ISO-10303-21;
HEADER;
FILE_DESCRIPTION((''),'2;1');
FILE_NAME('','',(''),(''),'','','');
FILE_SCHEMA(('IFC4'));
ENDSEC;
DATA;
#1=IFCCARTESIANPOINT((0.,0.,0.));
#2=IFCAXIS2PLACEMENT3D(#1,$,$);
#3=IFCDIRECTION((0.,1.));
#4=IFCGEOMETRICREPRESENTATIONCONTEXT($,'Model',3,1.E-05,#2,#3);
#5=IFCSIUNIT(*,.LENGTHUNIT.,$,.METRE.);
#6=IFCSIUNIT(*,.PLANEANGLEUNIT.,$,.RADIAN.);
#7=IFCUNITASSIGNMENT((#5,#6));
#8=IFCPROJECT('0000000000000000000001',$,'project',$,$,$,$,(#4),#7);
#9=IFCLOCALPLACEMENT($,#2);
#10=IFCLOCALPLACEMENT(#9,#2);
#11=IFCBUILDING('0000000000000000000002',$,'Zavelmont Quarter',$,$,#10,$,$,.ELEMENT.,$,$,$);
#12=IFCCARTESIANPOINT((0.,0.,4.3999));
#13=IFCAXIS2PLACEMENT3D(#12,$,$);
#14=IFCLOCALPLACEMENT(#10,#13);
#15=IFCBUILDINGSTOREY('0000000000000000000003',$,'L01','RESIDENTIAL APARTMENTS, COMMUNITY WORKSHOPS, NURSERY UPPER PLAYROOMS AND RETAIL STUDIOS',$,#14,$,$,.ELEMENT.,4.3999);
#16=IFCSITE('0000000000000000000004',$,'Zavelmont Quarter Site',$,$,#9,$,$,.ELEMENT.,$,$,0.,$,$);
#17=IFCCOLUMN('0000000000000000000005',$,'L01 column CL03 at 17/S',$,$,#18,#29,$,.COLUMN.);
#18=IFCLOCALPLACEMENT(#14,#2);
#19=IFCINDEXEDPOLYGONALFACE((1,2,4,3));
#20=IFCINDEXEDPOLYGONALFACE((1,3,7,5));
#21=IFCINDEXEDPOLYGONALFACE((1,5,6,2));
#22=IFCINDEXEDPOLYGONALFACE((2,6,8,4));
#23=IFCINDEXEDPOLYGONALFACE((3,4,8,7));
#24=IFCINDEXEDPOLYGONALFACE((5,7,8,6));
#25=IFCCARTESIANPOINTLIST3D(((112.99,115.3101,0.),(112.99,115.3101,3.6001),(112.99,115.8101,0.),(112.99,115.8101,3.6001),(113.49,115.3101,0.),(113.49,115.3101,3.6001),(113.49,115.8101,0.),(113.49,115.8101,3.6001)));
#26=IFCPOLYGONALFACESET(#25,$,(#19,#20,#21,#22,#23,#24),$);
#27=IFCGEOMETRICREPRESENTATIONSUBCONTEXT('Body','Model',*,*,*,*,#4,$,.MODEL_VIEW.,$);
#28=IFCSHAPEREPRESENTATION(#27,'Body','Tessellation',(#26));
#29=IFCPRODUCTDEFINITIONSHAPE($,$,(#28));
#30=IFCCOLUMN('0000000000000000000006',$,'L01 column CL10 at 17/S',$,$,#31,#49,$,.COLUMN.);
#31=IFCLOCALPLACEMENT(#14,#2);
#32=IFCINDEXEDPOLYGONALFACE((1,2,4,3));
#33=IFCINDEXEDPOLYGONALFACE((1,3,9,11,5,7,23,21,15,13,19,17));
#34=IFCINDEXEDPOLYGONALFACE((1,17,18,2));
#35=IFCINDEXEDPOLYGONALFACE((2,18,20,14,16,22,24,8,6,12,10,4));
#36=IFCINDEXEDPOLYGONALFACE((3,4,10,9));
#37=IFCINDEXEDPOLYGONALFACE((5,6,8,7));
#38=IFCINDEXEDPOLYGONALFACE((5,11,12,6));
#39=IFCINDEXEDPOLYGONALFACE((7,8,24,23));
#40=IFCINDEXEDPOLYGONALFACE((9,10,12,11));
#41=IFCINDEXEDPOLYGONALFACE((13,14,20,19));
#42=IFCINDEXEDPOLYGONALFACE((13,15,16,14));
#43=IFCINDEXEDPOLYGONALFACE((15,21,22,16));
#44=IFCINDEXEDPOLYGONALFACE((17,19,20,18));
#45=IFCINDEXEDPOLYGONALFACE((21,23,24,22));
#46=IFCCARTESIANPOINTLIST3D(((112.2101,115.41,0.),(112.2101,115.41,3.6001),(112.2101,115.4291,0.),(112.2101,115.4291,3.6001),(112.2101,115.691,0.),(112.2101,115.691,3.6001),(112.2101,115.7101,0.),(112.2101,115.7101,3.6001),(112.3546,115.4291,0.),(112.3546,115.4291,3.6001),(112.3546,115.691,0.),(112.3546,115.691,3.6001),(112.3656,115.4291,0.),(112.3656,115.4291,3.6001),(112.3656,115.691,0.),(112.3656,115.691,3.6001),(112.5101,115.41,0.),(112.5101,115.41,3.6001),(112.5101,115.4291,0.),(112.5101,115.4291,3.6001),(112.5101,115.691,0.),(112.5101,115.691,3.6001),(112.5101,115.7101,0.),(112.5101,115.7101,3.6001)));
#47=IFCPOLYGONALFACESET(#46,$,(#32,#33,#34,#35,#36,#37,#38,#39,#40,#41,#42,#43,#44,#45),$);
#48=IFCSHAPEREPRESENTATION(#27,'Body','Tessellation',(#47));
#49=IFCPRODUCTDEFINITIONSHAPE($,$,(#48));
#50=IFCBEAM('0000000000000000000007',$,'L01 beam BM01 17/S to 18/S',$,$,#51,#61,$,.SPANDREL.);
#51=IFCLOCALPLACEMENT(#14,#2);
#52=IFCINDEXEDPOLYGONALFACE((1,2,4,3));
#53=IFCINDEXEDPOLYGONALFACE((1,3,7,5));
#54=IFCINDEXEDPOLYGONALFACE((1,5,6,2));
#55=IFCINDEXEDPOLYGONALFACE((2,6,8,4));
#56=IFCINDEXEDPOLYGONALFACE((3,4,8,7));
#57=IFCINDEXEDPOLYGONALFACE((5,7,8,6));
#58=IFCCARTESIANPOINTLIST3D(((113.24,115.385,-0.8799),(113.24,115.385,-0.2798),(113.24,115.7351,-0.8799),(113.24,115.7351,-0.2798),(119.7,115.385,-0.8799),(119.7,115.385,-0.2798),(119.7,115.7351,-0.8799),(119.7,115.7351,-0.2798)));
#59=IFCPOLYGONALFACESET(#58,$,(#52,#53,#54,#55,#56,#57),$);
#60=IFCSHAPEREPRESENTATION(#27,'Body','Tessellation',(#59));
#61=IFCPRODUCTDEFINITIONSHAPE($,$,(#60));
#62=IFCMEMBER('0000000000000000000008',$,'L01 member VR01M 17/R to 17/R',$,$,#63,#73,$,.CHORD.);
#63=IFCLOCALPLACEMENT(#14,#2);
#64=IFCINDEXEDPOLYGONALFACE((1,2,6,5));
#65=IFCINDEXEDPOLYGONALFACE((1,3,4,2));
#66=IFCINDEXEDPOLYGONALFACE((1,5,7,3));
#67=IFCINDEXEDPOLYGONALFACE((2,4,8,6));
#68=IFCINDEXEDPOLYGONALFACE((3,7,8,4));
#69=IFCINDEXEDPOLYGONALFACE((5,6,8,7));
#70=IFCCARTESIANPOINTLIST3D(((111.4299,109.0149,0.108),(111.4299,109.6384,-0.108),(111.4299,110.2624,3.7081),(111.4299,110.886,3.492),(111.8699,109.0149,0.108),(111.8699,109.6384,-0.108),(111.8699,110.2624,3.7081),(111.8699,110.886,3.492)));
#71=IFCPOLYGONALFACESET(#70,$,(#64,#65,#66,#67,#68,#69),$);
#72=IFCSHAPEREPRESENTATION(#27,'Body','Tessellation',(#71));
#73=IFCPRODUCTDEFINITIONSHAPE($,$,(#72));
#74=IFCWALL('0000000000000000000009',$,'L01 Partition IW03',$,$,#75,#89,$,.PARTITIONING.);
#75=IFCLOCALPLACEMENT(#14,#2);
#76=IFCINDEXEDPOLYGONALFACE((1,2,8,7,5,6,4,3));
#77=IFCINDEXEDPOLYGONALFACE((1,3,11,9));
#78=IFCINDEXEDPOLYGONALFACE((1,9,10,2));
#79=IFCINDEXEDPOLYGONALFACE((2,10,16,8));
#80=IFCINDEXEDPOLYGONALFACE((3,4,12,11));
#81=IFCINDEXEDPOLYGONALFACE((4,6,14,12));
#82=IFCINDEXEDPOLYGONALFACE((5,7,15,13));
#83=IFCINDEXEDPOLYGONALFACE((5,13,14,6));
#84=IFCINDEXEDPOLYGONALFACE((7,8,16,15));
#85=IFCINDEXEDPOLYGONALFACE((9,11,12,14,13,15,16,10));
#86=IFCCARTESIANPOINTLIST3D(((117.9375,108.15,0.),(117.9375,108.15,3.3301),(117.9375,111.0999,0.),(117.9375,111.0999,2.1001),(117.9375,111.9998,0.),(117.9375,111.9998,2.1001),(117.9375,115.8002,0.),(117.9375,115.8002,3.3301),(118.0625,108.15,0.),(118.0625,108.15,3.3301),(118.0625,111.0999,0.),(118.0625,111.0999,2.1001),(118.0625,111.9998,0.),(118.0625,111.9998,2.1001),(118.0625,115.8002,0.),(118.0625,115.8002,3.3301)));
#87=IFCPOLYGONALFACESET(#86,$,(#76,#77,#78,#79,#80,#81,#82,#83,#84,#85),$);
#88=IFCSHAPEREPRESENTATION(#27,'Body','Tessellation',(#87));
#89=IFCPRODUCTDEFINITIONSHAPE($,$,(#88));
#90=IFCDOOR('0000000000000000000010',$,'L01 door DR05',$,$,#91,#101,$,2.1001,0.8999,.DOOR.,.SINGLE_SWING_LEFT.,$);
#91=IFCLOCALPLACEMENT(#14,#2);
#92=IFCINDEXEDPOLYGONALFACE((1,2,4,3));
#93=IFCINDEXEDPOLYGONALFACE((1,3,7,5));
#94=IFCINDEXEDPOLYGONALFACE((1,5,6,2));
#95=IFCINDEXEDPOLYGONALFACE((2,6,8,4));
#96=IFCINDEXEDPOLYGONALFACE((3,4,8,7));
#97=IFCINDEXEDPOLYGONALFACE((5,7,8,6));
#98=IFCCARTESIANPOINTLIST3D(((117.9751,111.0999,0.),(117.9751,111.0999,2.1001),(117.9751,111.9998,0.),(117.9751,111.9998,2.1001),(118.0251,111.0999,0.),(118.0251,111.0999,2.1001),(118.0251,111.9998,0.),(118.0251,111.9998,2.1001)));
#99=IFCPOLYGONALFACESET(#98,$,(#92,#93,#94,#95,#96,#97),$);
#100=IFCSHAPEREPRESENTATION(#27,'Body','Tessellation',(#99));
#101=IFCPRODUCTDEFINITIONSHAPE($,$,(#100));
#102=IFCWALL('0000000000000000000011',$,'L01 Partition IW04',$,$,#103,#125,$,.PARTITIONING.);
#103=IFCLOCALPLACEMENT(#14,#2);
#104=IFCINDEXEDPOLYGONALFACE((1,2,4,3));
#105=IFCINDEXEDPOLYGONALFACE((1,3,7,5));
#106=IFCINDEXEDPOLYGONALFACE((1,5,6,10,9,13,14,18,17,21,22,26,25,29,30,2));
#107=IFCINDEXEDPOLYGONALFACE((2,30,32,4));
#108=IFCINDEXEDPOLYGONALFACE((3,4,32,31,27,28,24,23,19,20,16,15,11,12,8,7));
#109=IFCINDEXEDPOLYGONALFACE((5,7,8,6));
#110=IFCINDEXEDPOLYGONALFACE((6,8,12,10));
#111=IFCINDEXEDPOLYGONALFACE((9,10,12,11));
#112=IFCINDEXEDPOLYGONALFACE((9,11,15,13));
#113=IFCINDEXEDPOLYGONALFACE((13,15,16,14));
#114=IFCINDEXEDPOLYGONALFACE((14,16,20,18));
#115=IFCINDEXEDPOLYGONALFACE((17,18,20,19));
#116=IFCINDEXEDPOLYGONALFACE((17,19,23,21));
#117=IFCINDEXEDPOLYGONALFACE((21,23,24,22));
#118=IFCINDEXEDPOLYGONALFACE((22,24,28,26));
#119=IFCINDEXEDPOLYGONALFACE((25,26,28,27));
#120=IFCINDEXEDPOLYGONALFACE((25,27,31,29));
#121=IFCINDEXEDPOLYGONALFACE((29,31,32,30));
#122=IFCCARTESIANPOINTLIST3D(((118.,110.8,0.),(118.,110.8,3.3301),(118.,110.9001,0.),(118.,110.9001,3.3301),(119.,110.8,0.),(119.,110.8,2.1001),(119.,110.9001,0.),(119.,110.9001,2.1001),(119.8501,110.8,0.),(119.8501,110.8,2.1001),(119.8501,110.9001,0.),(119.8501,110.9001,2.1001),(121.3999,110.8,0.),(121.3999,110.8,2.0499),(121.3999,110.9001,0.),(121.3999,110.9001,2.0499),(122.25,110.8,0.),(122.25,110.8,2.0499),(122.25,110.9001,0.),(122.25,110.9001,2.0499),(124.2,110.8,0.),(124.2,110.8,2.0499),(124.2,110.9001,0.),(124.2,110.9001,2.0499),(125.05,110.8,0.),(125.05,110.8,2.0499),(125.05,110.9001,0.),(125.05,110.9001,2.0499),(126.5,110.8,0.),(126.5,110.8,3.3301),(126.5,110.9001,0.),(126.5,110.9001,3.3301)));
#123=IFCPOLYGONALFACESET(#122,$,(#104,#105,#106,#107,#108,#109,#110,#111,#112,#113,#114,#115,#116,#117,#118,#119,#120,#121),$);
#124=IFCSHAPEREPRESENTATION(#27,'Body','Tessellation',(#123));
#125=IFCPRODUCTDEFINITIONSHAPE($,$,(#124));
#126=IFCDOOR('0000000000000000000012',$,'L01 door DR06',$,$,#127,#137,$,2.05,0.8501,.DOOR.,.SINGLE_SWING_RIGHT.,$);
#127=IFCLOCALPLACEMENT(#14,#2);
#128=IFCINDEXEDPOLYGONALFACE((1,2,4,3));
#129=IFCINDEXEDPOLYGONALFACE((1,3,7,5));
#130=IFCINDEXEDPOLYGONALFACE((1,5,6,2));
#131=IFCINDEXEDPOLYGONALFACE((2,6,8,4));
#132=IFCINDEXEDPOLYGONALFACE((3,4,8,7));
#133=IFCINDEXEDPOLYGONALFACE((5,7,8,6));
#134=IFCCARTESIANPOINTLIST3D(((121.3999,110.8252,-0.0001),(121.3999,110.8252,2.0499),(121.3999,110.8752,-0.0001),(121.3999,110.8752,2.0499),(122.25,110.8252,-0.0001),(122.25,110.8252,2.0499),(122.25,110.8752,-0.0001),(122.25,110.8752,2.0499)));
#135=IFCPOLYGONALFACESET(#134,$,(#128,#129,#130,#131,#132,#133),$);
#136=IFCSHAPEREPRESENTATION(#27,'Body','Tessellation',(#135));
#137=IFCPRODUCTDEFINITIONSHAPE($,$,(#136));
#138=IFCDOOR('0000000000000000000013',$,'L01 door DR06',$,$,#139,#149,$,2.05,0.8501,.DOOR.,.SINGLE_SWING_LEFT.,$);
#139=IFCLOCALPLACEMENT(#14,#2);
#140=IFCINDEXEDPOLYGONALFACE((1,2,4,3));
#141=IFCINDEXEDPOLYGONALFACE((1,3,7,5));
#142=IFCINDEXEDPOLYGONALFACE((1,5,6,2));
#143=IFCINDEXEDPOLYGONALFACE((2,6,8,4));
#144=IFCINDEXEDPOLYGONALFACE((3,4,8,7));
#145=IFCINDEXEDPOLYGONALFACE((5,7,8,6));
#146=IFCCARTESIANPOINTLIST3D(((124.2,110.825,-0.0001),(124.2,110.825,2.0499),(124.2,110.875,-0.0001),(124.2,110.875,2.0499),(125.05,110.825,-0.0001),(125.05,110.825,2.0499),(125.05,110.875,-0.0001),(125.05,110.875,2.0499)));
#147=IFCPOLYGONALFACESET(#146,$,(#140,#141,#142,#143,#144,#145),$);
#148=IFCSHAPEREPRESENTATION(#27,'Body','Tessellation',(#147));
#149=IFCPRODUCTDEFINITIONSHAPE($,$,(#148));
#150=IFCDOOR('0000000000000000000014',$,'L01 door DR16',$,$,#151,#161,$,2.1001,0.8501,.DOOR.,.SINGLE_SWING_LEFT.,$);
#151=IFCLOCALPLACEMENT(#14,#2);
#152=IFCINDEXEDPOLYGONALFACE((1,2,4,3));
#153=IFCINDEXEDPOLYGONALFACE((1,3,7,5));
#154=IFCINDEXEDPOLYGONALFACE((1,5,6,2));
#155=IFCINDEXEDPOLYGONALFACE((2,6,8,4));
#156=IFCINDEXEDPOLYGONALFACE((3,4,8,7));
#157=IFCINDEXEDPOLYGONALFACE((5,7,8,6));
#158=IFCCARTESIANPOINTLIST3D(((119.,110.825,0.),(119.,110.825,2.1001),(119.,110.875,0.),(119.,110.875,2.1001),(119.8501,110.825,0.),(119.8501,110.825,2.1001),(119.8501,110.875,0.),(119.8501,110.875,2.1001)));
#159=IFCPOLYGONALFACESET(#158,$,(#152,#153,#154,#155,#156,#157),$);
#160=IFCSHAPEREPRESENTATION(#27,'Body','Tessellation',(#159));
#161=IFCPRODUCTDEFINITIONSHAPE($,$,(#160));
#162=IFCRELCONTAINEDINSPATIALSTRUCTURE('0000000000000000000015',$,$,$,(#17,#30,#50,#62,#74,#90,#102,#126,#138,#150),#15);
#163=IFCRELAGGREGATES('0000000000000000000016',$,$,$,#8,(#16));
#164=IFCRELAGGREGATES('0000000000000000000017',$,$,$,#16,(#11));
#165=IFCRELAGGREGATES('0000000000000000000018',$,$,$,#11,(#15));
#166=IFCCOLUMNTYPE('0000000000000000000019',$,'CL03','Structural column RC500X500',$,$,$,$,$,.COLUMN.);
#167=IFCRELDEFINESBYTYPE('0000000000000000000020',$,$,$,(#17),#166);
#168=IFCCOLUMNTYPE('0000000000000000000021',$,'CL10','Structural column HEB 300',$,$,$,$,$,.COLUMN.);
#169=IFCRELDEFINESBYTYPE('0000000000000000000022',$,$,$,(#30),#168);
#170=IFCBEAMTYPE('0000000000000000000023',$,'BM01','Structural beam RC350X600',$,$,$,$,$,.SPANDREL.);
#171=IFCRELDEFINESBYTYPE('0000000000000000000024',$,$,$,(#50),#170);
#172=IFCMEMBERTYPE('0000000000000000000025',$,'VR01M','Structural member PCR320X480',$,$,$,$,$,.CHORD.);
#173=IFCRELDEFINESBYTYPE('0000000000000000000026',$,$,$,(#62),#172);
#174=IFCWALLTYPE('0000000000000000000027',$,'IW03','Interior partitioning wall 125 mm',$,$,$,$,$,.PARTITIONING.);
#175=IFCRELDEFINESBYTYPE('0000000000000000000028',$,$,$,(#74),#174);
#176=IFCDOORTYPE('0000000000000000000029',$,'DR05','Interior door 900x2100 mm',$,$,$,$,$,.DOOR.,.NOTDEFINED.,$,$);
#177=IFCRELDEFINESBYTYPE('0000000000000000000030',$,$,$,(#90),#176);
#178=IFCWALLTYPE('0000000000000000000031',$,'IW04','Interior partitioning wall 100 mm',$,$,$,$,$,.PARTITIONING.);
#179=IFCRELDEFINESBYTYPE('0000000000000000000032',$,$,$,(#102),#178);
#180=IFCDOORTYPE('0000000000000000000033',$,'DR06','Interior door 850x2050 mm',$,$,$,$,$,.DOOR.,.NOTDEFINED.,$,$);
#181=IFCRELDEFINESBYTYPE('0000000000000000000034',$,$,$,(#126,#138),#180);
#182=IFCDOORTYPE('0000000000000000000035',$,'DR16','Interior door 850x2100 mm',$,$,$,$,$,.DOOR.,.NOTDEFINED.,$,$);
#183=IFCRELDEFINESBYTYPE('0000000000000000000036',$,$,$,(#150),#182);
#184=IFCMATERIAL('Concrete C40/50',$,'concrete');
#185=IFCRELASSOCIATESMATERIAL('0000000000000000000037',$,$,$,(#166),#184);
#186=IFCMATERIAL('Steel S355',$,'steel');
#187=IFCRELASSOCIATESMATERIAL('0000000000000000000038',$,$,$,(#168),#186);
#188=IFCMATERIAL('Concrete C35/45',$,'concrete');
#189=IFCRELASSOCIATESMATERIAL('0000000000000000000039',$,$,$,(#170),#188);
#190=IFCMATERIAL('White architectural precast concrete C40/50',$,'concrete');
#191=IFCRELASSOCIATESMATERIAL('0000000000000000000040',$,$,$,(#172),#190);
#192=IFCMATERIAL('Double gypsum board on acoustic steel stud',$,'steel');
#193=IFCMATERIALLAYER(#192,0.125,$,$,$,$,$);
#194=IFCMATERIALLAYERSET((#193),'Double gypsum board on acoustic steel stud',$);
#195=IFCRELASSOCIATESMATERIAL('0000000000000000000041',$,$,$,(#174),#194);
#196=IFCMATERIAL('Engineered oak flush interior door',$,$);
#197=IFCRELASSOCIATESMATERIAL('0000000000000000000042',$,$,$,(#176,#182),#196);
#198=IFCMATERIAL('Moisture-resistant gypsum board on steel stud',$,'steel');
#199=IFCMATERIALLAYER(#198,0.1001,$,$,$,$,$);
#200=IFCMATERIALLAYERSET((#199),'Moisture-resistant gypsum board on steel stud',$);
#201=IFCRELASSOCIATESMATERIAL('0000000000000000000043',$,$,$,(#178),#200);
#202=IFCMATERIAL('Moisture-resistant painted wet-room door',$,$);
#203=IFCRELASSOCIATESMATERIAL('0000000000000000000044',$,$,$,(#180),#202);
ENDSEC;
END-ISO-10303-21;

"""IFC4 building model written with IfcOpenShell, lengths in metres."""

from ifc_helpers import new_model, si_unit, direction, frame, frame_2d, origin, origin_with_axes, origin_2d, place, context, subcontext, project, spatial, rectangle, i_section, extrude, material, layer, layer_set, material_profile, profile_set, type_object, element, fill, save


model = new_model("IFC4")

# Units and contexts
model_context = context("Model", 3, precision=1e-05, world=origin(), true_north=direction((0.0, 1.0)))
body_context = subcontext(model_context, "Body", "Model", "MODEL_VIEW")
ifc_project = project(units=[si_unit("LENGTHUNIT", "METRE"), si_unit("PLANEANGLEUNIT", "RADIAN")], contexts=[model_context])

# Site, building, storey
site_placement = place(None, origin())
site = spatial("IfcSite", under=ifc_project, at=site_placement, Name="Zavelmont Quarter Site", CompositionType="ELEMENT", RefElevation=0.0)
building_placement = place(site_placement, origin())
building = spatial("IfcBuilding", under=site, at=building_placement, Name="Zavelmont Quarter", CompositionType="ELEMENT")
storey_placement = place(building_placement, frame((0.0, 0.0, 4.3999)))
storey = spatial("IfcBuildingStorey", under=building, at=storey_placement, Name="L01", Description="RESIDENTIAL APARTMENTS, COMMUNITY WORKSHOPS, NURSERY UPPER PLAYROOMS AND RETAIL STUDIOS", CompositionType="ELEMENT", Elevation=4.3999)

# Columns
ifc_material_1 = material(Name="Concrete C40/50", Category="concrete")
ifc_material_profile_1 = material_profile(ifc_material_1, rectangle(XDim=0.5, YDim=0.5, at=origin_2d()), Name="RC500X500")
ifc_profile_set_1 = profile_set([ifc_material_profile_1], Name="Concrete C40/50")
column_type_1 = type_object("IfcColumnType", Name="CL03", Description="Structural column RC500X500", PredefinedType="COLUMN", material=ifc_profile_set_1)
column_1_placement = place(storey_placement, frame((113.24, 115.5601, 0.0), z_axis=(0.0, 0.0, 1.0), x_axis=(1.0, 0.0, 0.0)))
element("IfcColumn", 1, at=column_1_placement, inside=storey, type_object=column_type_1, Name="L01 column CL03 at 17/S", PredefinedType="COLUMN", context=body_context, shape_type="SweptSolid", body=[
    extrude(rectangle(XDim=0.5, YDim=0.5, at=origin_2d()), origin(), (0.0, 0.0, 1.0), 3.6001),
])
ifc_material_2 = material(Name="Steel S355", Category="steel")
ifc_material_profile_2 = material_profile(ifc_material_2, i_section(OverallWidth=0.3, OverallDepth=0.3, WebThickness=0.011, FlangeThickness=0.019, at=origin_2d()), Name="HEB 300")
ifc_profile_set_2 = profile_set([ifc_material_profile_2], Name="Steel S355")
column_type_2 = type_object("IfcColumnType", Name="CL10", Description="Structural column HEB 300", PredefinedType="COLUMN", material=ifc_profile_set_2)
column_2_placement = place(storey_placement, frame((112.3601, 115.5601, 0.0), z_axis=(0.0, 0.0, 1.0), x_axis=(1.0, 0.0, 0.0)))
element("IfcColumn", 2, at=column_2_placement, inside=storey, type_object=column_type_2, Name="L01 column CL10 at 17/S", PredefinedType="COLUMN", context=body_context, shape_type="SweptSolid", body=[
    extrude(i_section(OverallWidth=0.3, OverallDepth=0.3, WebThickness=0.011, FlangeThickness=0.019, at=origin_2d()), origin(), (0.0, 0.0, 1.0), 3.6001),
])

# Beam
ifc_material_3 = material(Name="Concrete C35/45", Category="concrete")
ifc_material_profile_3 = material_profile(ifc_material_3, rectangle(XDim=0.3501, YDim=0.6001, at=origin_2d()), Name="RC350X600")
ifc_profile_set_3 = profile_set([ifc_material_profile_3], Name="Concrete C35/45")
beam_type = type_object("IfcBeamType", Name="BM01", Description="Structural beam RC350X600", PredefinedType="SPANDREL", material=ifc_profile_set_3)
beam_placement = place(storey_placement, frame((113.24, 115.5601, -0.5798), z_axis=(1.0, 0.0, 0.0), x_axis=(0.0, 1.0, 0.0)))
element("IfcBeam", 3, at=beam_placement, inside=storey, type_object=beam_type, Name="L01 beam BM01 17/S to 18/S", PredefinedType="SPANDREL", context=body_context, shape_type="SweptSolid", body=[
    extrude(rectangle(XDim=0.3501, YDim=0.6001, at=origin_2d()), origin(), (0.0, 0.0, 1.0), 6.46),
])

# Member
ifc_material_4 = material(Name="White architectural precast concrete C40/50", Category="concrete")
ifc_material_profile_4 = material_profile(ifc_material_4, rectangle(XDim=0.4399, YDim=0.6599, at=origin_2d()), Name="PCR320X480")
ifc_profile_set_4 = profile_set([ifc_material_profile_4], Name="White architectural precast concrete C40/50")
member_type = type_object("IfcMemberType", Name="VR01M", Description="Structural member PCR320X480", PredefinedType="CHORD", material=ifc_profile_set_4)
member_placement = place(storey_placement, frame((111.6499, 109.3267, 0.0), z_axis=(0.0, 0.327432, 0.944875), x_axis=(-1.0, 0.0, 0.0)))
element("IfcMember", 4, at=member_placement, inside=storey, type_object=member_type, Name="L01 member VR01M 17/R to 17/R", PredefinedType="CHORD", context=body_context, shape_type="SweptSolid", body=[
    extrude(rectangle(XDim=0.4399, YDim=0.6599, at=origin_2d()), origin(), (0.0, 0.0, 1.0), 3.8101),
])

# Wall, opening, door
ifc_material_5 = material(Name="Double gypsum board on acoustic steel stud", Category="steel")
ifc_layer_1 = layer(ifc_material_5, 0.125)
ifc_layer_set_1 = layer_set([ifc_layer_1], Name="Double gypsum board on acoustic steel stud")
wall_type_1 = type_object("IfcWallType", Name="IW03", Description="Interior partitioning wall 125 mm", PredefinedType="PARTITIONING", material=ifc_layer_set_1)
wall_1_placement = place(storey_placement, frame((118.0, 108.1499, 0.0), z_axis=(0.0, 0.0, 1.0), x_axis=(0.0, 1.0, 0.0)))
wall_1 = element("IfcWall", 5, at=wall_1_placement, inside=storey, type_object=wall_type_1, Name="L01 Partition IW03", PredefinedType="PARTITIONING", context=body_context, shape_type="SweptSolid", body=[
    extrude(rectangle(XDim=7.6501, YDim=0.125, at=frame_2d((3.8252, 0.0))), origin(), (0.0, 0.0, 1.0), 3.3301),
])
opening_1_placement = place(wall_1_placement, frame((2.95, 0.0, 0.0)))
opening_1 = element("IfcOpeningElement", 6, at=opening_1_placement, cuts=wall_1, PredefinedType="OPENING", context=body_context, shape_type="SweptSolid", body=[
    extrude(rectangle(XDim=0.8999, YDim=2.1001, at=frame_2d((0.45, 1.05))), frame((0.0, 0.0745, 0.0), z_axis=(0.0, -1.0, 0.0), x_axis=(1.0, 0.0, 0.0)), (0.0, 0.0, 1.0), 0.1489),
])
ifc_material_6 = material(Name="Engineered oak flush interior door")
door_type_1 = type_object("IfcDoorType", Name="DR05", Description="Interior door 900x2100 mm", OperationType="NOTDEFINED", PredefinedType="DOOR", material=ifc_material_6)
door_1_placement = place(opening_1_placement, origin_with_axes())
door_1 = element("IfcDoor", 7, at=door_1_placement, inside=storey, type_object=door_type_1, Name="L01 door DR05", OperationType="SINGLE_SWING_LEFT", OverallHeight=2.1001, OverallWidth=0.8999, PredefinedType="DOOR", context=body_context, shape_type="SweptSolid", body=[
    extrude(rectangle(XDim=0.8999, YDim=2.1001, at=frame_2d((0.45, 1.05))), frame((0.0, 0.0249, 0.0), z_axis=(0.0, -1.0, 0.0), x_axis=(1.0, 0.0, 0.0)), (0.0, 0.0, 1.0), 0.05),
])
fill(opening_1, door_1)

# Wall, openings, doors
ifc_material_7 = material(Name="Moisture-resistant gypsum board on steel stud", Category="steel")
ifc_layer_2 = layer(ifc_material_7, 0.1001)
ifc_layer_set_2 = layer_set([ifc_layer_2], Name="Moisture-resistant gypsum board on steel stud")
wall_type_2 = type_object("IfcWallType", Name="IW04", Description="Interior partitioning wall 100 mm", PredefinedType="PARTITIONING", material=ifc_layer_set_2)
wall_2_placement = place(storey_placement, frame((118.0, 110.8501, 0.0), z_axis=(0.0, 0.0, 1.0), x_axis=(1.0, 0.0, 0.0)))
wall_2 = element("IfcWall", 8, at=wall_2_placement, inside=storey, type_object=wall_type_2, Name="L01 Partition IW04", PredefinedType="PARTITIONING", context=body_context, shape_type="SweptSolid", body=[
    extrude(rectangle(XDim=8.5, YDim=0.1001, at=frame_2d((4.25, 0.0))), origin(), (0.0, 0.0, 1.0), 3.3301),
])
opening_2_placement = place(wall_2_placement, frame((1.0, 0.0, 0.0)))
opening_2 = element("IfcOpeningElement", 9, at=opening_2_placement, cuts=wall_2, PredefinedType="OPENING", context=body_context, shape_type="SweptSolid", body=[
    extrude(rectangle(XDim=0.8501, YDim=2.1001, at=frame_2d((0.425, 1.05))), frame((0.0, 0.062, 0.0), z_axis=(0.0, -1.0, 0.0), x_axis=(1.0, 0.0, 0.0)), (0.0, 0.0, 1.0), 0.124),
])
opening_3_placement = place(wall_2_placement, frame((3.3999, 0.0, 0.0)))
opening_3 = element("IfcOpeningElement", 10, at=opening_3_placement, cuts=wall_2, PredefinedType="OPENING", context=body_context, shape_type="SweptSolid", body=[
    extrude(rectangle(XDim=0.8501, YDim=2.05, at=frame_2d((0.425, 1.0249))), frame((0.0, 0.062, 0.0), z_axis=(0.0, -1.0, 0.0), x_axis=(1.0, 0.0, 0.0)), (0.0, 0.0, 1.0), 0.124),
])
opening_4_placement = place(wall_2_placement, frame((6.2, 0.0, 0.0)))
opening_4 = element("IfcOpeningElement", 11, at=opening_4_placement, cuts=wall_2, PredefinedType="OPENING", context=body_context, shape_type="SweptSolid", body=[
    extrude(rectangle(XDim=0.8501, YDim=2.05, at=frame_2d((0.425, 1.0249))), frame((0.0, 0.062, 0.0), z_axis=(0.0, -1.0, 0.0), x_axis=(1.0, 0.0, 0.0)), (0.0, 0.0, 1.0), 0.124),
])
ifc_material_8 = material(Name="Moisture-resistant painted wet-room door")
door_type_2 = type_object("IfcDoorType", Name="DR06", Description="Interior door 850x2050 mm", OperationType="NOTDEFINED", PredefinedType="DOOR", material=ifc_material_8)
door_2_placement = place(opening_3_placement, frame((0.8501, 0.0, 0.0), z_axis=(0.0, 0.0, 1.0), x_axis=(-1.0, 0.0, 0.0)))
door_2 = element("IfcDoor", 12, at=door_2_placement, inside=storey, type_object=door_type_2, Name="L01 door DR06", OperationType="SINGLE_SWING_RIGHT", OverallHeight=2.05, OverallWidth=0.8501, PredefinedType="DOOR", context=body_context, shape_type="SweptSolid", body=[
    extrude(rectangle(XDim=0.8501, YDim=2.05, at=frame_2d((0.425, 1.0249))), frame((0.0, 0.0249, 0.0), z_axis=(0.0, -1.0, 0.0), x_axis=(1.0, 0.0, 0.0)), (0.0, 0.0, 1.0), 0.05),
])
fill(opening_3, door_2)
door_3_placement = place(opening_4_placement, origin_with_axes())
door_3 = element("IfcDoor", 13, at=door_3_placement, inside=storey, type_object=door_type_2, Name="L01 door DR06", OperationType="SINGLE_SWING_LEFT", OverallHeight=2.05, OverallWidth=0.8501, PredefinedType="DOOR", context=body_context, shape_type="SweptSolid", body=[
    extrude(rectangle(XDim=0.8501, YDim=2.05, at=frame_2d((0.425, 1.0249))), frame((0.0, 0.0249, 0.0), z_axis=(0.0, -1.0, 0.0), x_axis=(1.0, 0.0, 0.0)), (0.0, 0.0, 1.0), 0.05),
])
fill(opening_4, door_3)
door_type_3 = type_object("IfcDoorType", Name="DR16", Description="Interior door 850x2100 mm", OperationType="NOTDEFINED", PredefinedType="DOOR", material=ifc_material_6)
door_4_placement = place(opening_2_placement, origin_with_axes())
door_4 = element("IfcDoor", 14, at=door_4_placement, inside=storey, type_object=door_type_3, Name="L01 door DR16", OperationType="SINGLE_SWING_LEFT", OverallHeight=2.1001, OverallWidth=0.8501, PredefinedType="DOOR", context=body_context, shape_type="SweptSolid", body=[
    extrude(rectangle(XDim=0.8501, YDim=2.1001, at=frame_2d((0.425, 1.05))), frame((0.0, 0.0249, 0.0), z_axis=(0.0, -1.0, 0.0), x_axis=(1.0, 0.0, 0.0)), (0.0, 0.0, 1.0), 0.05),
])
fill(opening_2, door_4)

save(model, "model.ifc")
